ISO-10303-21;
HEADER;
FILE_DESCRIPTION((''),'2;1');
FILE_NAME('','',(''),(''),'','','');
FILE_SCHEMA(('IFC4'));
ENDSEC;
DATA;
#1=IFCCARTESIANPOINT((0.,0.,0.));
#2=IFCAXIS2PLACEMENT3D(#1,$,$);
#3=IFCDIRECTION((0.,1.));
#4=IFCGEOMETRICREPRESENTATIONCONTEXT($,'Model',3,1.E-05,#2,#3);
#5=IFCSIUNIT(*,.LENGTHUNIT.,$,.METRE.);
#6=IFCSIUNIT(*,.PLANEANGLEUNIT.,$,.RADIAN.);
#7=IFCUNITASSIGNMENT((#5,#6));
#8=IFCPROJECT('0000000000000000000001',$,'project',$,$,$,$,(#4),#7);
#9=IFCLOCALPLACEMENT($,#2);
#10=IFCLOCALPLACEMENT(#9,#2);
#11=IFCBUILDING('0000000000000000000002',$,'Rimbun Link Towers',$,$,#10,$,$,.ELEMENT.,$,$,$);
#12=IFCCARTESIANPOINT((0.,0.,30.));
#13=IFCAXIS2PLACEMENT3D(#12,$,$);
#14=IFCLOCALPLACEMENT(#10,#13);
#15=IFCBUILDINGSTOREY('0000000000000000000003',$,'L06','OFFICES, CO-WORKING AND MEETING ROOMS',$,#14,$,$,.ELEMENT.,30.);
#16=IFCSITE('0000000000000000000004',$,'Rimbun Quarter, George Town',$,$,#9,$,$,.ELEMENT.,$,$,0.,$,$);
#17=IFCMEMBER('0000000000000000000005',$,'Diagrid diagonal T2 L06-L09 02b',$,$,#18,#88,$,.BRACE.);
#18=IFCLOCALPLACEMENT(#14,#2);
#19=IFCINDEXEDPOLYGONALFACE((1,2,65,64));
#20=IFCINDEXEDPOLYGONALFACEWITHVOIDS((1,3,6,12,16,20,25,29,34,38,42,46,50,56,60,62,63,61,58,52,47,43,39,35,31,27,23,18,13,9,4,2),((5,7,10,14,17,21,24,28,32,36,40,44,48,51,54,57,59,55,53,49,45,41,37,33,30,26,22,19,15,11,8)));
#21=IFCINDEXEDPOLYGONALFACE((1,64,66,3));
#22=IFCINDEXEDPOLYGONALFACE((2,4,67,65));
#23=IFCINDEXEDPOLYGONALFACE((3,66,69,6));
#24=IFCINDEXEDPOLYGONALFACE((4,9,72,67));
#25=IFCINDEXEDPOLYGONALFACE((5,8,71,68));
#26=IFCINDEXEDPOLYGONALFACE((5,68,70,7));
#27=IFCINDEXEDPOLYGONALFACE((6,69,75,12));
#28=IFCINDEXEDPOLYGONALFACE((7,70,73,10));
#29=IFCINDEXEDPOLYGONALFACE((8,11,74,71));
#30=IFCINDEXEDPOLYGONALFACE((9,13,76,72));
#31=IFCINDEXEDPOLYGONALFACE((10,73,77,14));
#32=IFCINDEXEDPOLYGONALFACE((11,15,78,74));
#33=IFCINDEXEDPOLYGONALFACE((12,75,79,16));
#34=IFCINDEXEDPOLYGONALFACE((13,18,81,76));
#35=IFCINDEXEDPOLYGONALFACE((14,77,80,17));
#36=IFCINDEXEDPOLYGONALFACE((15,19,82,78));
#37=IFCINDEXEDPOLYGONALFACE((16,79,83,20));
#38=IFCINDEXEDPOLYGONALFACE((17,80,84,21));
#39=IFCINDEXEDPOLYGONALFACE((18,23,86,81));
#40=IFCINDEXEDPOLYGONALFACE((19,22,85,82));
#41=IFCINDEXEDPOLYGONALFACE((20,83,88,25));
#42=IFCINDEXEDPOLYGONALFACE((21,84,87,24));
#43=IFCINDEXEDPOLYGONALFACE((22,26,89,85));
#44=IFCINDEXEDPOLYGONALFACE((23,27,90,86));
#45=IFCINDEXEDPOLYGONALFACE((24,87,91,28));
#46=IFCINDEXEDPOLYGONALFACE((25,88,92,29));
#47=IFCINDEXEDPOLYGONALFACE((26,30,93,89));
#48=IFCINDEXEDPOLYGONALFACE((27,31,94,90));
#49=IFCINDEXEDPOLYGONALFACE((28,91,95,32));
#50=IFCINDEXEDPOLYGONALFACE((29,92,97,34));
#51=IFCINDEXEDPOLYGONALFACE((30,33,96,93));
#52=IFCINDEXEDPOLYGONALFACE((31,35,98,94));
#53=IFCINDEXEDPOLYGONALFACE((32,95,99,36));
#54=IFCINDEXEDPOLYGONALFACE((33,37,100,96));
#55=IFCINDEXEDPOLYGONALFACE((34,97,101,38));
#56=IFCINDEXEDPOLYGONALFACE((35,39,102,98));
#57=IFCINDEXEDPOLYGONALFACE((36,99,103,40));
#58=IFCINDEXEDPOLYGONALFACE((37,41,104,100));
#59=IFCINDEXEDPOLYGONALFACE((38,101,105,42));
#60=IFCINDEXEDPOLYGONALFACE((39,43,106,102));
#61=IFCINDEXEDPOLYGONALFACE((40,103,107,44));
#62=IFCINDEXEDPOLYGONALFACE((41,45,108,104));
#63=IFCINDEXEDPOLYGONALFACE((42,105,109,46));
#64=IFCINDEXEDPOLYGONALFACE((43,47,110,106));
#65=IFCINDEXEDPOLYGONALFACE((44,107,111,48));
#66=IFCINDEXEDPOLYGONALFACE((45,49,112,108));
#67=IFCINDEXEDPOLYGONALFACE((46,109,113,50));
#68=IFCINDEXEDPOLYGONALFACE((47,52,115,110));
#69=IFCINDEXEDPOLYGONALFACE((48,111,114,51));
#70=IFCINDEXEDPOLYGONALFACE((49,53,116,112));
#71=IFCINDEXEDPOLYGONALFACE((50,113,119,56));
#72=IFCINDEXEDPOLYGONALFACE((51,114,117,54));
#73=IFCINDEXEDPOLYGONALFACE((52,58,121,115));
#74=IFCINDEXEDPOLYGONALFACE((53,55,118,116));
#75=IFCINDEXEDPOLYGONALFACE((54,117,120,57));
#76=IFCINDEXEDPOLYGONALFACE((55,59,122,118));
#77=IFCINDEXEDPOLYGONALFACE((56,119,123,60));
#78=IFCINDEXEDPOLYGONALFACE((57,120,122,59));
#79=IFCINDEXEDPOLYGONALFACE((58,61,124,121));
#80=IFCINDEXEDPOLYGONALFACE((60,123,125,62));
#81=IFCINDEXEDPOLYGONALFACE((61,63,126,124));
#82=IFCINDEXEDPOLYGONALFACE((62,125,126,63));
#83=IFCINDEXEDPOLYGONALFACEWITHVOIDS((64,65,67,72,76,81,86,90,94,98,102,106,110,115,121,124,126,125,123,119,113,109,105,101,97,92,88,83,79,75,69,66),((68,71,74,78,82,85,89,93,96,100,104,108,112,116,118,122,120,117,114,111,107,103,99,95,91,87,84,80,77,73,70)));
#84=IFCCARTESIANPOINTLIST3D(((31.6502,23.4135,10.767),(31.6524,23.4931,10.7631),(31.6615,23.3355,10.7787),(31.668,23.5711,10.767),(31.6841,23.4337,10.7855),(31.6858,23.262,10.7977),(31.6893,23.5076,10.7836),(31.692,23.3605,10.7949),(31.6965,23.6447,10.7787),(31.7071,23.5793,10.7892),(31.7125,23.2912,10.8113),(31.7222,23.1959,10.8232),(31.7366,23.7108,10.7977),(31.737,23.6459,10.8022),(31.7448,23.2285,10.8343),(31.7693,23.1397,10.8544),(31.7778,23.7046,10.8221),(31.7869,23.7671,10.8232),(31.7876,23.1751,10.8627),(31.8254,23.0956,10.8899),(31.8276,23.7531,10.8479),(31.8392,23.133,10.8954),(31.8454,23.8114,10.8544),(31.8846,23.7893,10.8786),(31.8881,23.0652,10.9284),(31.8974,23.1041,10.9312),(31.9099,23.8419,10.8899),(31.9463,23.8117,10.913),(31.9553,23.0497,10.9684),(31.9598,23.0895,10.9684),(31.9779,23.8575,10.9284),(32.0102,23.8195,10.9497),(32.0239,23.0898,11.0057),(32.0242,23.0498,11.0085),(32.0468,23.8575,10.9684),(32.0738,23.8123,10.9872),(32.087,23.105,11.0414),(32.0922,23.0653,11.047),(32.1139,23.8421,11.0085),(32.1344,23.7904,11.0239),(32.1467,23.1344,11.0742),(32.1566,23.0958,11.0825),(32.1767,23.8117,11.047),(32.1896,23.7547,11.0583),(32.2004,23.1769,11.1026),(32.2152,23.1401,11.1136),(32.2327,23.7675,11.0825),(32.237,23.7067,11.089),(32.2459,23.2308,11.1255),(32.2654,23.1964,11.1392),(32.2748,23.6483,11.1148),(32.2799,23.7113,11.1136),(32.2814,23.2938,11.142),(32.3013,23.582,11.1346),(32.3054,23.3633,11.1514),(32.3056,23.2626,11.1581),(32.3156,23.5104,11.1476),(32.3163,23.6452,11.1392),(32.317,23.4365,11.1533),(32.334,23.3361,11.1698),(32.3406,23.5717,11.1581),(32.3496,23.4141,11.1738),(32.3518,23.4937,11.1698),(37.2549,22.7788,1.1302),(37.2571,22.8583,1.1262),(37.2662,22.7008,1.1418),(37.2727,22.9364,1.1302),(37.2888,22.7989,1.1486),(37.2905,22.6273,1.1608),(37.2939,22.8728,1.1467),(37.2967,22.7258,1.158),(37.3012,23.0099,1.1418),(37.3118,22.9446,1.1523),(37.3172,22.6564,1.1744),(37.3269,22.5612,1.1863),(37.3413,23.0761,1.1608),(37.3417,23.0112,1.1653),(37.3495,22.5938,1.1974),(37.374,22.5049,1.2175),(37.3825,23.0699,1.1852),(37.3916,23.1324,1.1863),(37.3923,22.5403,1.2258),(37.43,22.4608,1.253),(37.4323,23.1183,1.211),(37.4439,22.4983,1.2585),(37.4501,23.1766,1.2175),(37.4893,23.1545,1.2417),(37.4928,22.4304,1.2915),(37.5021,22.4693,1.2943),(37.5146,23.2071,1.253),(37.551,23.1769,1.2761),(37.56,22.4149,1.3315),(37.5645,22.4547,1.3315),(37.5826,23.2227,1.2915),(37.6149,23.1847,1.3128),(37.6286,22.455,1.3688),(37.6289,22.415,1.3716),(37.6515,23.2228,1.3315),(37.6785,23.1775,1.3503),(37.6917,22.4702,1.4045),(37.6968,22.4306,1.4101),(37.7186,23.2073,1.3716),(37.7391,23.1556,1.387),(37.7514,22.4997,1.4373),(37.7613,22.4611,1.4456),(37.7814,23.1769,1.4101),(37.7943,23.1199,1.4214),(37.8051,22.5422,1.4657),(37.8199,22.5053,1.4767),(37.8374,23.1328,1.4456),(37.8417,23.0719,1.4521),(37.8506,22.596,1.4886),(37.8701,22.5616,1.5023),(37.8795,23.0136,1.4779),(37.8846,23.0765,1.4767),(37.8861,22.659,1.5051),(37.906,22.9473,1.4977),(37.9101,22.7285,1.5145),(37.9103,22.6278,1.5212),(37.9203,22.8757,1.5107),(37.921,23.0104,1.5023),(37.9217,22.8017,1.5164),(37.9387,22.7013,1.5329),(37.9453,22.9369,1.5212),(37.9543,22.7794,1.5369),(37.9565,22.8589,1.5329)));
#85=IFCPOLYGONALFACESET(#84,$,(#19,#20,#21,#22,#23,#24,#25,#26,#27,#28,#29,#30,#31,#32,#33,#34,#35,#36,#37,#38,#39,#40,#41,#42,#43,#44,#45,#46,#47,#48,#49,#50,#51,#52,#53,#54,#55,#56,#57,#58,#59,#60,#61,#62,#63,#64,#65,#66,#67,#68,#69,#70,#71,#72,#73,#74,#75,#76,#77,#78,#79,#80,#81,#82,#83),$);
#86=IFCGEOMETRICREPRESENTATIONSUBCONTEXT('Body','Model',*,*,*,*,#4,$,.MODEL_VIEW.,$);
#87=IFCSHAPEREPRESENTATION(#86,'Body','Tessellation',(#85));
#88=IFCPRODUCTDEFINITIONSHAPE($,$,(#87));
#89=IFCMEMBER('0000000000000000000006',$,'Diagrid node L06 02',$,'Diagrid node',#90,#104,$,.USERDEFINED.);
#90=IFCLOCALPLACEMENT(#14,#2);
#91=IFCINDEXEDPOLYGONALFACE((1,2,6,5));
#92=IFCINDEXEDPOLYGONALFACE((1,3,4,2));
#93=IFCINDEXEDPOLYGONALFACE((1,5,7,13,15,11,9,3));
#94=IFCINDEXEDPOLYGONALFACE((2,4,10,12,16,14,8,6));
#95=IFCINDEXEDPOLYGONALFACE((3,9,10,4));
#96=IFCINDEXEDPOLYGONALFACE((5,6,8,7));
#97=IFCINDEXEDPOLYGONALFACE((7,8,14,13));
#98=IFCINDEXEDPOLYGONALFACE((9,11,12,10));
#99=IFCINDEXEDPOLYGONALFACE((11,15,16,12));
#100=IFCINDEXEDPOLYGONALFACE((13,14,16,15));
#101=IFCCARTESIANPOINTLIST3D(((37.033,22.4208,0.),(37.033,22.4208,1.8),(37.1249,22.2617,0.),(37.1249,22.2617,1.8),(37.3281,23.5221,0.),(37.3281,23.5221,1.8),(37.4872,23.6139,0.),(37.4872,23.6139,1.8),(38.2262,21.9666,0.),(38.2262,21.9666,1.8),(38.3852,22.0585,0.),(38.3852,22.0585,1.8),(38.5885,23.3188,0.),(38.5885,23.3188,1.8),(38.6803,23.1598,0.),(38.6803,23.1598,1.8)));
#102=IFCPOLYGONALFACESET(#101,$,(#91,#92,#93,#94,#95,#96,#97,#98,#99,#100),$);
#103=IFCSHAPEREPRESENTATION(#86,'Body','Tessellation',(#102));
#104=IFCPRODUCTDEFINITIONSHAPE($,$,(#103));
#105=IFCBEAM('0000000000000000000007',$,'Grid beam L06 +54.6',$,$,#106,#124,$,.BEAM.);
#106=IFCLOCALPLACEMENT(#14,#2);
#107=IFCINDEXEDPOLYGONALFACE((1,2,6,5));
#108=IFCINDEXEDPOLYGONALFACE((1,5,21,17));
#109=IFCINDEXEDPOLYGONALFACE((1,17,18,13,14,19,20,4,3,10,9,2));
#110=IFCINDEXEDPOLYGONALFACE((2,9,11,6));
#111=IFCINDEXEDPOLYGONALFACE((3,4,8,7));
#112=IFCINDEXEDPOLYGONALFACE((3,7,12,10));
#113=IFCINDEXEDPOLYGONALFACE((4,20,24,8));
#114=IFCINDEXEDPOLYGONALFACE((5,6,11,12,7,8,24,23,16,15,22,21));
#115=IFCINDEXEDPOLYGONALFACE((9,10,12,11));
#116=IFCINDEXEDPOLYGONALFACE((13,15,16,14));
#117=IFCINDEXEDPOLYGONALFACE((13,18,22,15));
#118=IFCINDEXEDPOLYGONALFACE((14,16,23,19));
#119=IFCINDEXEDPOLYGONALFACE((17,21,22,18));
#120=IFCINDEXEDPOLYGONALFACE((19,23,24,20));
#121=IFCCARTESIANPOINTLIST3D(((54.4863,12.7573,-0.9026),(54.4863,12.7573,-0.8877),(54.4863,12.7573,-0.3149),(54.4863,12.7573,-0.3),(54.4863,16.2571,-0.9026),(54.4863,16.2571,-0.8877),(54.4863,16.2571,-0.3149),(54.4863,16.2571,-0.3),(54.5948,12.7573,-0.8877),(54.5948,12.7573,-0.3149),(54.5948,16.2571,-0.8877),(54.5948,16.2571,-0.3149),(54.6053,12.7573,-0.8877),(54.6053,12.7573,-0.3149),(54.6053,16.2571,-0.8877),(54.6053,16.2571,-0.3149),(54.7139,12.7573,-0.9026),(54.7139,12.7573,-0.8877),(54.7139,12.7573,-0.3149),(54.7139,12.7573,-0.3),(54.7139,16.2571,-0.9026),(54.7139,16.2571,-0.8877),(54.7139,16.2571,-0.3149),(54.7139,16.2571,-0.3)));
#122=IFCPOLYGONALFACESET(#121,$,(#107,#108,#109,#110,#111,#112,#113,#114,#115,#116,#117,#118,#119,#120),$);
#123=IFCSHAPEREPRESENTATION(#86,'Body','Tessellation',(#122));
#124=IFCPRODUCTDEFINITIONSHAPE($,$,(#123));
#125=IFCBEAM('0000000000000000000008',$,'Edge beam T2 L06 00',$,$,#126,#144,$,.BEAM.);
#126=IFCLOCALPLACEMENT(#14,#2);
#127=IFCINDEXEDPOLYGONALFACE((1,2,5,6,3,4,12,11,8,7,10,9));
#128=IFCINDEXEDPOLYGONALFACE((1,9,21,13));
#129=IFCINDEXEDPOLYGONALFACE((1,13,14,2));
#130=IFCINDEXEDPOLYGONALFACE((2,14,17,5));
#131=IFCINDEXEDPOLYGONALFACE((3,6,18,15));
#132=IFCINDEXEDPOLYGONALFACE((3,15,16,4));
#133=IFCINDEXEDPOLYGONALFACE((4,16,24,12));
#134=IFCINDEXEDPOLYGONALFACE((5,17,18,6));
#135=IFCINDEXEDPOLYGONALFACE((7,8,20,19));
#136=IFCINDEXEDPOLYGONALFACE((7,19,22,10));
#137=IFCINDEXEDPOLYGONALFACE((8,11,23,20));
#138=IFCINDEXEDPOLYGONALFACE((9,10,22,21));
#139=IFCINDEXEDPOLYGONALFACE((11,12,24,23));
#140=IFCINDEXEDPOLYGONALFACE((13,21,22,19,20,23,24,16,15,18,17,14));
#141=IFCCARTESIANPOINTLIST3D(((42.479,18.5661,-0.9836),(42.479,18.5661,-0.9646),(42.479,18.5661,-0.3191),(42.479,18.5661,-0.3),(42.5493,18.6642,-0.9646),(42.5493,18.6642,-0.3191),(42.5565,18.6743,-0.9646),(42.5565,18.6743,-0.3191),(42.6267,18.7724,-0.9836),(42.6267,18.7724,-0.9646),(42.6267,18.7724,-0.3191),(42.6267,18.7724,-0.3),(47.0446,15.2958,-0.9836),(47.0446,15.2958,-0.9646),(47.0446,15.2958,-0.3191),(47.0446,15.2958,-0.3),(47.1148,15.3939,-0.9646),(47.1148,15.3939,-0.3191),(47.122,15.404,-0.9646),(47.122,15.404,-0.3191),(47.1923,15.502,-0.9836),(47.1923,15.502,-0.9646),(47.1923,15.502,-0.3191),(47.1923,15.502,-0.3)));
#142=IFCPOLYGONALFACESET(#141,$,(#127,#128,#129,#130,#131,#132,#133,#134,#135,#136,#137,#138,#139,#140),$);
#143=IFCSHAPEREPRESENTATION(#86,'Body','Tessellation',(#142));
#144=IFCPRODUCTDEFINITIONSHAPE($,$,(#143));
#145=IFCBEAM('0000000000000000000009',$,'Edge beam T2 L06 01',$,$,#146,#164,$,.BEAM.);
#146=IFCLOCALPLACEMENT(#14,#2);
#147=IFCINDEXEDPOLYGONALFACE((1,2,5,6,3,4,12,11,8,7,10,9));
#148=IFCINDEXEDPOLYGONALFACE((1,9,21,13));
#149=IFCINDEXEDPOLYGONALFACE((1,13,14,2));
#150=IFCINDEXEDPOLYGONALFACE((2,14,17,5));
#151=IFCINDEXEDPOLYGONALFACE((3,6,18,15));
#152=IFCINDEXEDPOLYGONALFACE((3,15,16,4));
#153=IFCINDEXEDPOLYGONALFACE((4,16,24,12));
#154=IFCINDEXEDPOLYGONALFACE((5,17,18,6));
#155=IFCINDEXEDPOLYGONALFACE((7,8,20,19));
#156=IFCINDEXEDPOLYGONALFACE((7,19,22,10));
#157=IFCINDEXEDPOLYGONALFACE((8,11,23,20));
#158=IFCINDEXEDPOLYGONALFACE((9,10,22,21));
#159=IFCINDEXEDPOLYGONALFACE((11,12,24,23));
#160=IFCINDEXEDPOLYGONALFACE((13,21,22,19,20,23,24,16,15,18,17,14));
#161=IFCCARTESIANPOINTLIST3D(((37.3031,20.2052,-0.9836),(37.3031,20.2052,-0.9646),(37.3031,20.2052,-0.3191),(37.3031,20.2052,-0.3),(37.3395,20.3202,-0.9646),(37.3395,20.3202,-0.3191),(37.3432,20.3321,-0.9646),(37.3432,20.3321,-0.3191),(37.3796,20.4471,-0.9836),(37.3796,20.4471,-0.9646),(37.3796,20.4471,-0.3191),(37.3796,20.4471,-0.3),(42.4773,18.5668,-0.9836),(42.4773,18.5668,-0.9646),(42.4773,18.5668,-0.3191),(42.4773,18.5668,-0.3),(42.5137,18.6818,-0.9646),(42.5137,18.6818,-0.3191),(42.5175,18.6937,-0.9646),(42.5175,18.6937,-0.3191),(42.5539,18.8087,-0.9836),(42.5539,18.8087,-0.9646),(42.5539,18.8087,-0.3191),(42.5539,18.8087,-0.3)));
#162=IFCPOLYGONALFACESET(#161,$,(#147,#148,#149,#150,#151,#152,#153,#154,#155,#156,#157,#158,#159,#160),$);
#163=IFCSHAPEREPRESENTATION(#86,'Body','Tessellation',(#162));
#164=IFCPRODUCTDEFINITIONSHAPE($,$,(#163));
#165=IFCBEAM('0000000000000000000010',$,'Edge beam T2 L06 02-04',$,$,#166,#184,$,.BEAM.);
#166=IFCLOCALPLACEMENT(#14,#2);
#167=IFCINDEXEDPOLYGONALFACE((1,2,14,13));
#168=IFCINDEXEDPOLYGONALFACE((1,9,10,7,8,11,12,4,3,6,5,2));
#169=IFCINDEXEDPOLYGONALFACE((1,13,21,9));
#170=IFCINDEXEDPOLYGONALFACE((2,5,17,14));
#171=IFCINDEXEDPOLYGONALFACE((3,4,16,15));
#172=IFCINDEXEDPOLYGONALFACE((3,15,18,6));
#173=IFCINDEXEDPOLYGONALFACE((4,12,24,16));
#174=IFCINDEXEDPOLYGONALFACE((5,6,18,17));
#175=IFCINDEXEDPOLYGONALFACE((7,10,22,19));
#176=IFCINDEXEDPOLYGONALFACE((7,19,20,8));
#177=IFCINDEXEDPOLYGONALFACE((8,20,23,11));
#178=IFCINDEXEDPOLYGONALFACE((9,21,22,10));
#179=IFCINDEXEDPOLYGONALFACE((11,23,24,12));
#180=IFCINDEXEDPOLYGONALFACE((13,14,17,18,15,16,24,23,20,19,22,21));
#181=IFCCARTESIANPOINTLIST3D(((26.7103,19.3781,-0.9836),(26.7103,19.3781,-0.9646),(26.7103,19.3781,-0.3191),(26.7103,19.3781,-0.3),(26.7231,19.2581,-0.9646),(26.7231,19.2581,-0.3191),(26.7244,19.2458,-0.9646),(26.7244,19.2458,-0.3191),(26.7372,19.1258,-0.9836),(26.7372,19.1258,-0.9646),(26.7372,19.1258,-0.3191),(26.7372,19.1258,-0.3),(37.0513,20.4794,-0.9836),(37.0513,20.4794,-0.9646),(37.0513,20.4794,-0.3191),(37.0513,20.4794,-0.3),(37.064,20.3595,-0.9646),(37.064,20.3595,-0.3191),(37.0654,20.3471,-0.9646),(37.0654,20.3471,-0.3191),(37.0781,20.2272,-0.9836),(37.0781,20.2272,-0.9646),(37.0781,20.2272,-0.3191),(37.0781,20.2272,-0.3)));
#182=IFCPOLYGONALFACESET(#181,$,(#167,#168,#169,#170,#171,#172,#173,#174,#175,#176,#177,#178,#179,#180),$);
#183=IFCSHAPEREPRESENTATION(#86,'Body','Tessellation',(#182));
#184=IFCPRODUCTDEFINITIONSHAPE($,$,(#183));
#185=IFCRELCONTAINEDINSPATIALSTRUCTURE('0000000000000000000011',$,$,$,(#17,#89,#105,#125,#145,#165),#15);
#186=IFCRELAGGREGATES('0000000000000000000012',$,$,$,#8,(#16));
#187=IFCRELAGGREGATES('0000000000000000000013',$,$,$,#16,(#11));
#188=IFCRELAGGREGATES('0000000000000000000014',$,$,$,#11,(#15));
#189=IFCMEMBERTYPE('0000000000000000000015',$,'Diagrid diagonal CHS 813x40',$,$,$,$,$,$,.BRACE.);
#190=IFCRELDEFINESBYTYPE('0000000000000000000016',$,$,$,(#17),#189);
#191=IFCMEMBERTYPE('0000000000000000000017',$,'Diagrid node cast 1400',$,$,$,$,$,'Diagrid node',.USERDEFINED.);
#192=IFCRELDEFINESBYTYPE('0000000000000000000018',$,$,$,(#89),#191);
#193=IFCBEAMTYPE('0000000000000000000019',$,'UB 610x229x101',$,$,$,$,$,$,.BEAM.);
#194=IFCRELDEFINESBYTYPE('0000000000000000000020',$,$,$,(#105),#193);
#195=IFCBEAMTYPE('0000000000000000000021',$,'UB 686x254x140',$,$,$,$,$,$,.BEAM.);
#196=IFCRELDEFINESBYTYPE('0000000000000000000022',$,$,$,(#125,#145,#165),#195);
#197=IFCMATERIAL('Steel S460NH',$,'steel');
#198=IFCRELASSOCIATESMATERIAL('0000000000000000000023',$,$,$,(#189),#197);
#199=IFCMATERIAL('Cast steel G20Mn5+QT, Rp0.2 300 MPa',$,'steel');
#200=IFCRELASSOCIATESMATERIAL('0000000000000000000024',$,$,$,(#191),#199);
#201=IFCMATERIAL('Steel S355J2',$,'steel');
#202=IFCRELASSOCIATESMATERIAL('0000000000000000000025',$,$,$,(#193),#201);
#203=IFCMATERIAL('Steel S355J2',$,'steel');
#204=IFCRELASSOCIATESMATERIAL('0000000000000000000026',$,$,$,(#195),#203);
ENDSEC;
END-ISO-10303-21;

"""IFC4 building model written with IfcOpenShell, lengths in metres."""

from ifc_helpers import new_model, si_unit, direction, frame, origin, origin_2d, place, context, subcontext, project, spatial, polyline, hollow_circle, i_section, outline, extrude, material, material_profile, profile_set, type_object, element, save


model = new_model("IFC4")

# Units and contexts
model_context = context("Model", 3, precision=1e-05, world=origin(), true_north=direction((0.0, 1.0)))
body_context = subcontext(model_context, "Body", "Model", "MODEL_VIEW")
ifc_project = project(units=[si_unit("LENGTHUNIT", "METRE"), si_unit("PLANEANGLEUNIT", "RADIAN")], contexts=[model_context])

# Site, building, storey
site_placement = place(None, origin())
site = spatial("IfcSite", under=ifc_project, at=site_placement, Name="Rimbun Quarter, George Town", CompositionType="ELEMENT", RefElevation=0.0)
building_placement = place(site_placement, origin())
building = spatial("IfcBuilding", under=site, at=building_placement, Name="Rimbun Link Towers", CompositionType="ELEMENT")
storey_placement = place(building_placement, frame((0.0, 0.0, 30.0)))
storey = spatial("IfcBuildingStorey", under=building, at=storey_placement, Name="L06", Description="OFFICES, CO-WORKING AND MEETING ROOMS", CompositionType="ELEMENT", Elevation=30.0)

# Members
ifc_material_1 = material(Name="Steel S460NH", Category="steel")
ifc_material_profile_1 = material_profile(ifc_material_1, hollow_circle(Radius=0.4065, WallThickness=0.04, at=origin_2d()), Name="Diagrid diagonal CHS 813x40")
ifc_profile_set_1 = profile_set([ifc_material_profile_1], Name="Steel S460NH")
member_type_1 = type_object("IfcMemberType", Name="Diagrid diagonal CHS 813x40", PredefinedType="BRACE", material=ifc_profile_set_1)
member_1_placement = place(storey_placement, frame((37.6057, 22.8188, 1.3315), z_axis=(-0.501932, 0.056846, 0.863037), x_axis=(-0.112536, -0.993648, 0.0)))
element("IfcMember", 1, at=member_1_placement, inside=storey, type_object=member_type_1, Name="Diagrid diagonal T2 L06-L09 02b", PredefinedType="BRACE", context=body_context, shape_type="SweptSolid", body=[
    extrude(hollow_circle(Radius=0.4065, WallThickness=0.04, at=origin_2d()), origin(), (0.0, 0.0, 1.0), 11.1663),
])
ifc_material_2 = material(Name="Cast steel G20Mn5+QT, Rp0.2 300 MPa", Category="steel")
ifc_material_profile_2 = material_profile(ifc_material_2, outline(polyline([(0.7, -0.5701), (0.7, 0.5701), (0.5701, 0.7), (-0.5701, 0.7), (-0.7, 0.5701), (-0.7, -0.5701), (-0.5701, -0.7), (0.5701, -0.7), (0.7, -0.5701)])), Name="NODE 1400x1400")
ifc_profile_set_2 = profile_set([ifc_material_profile_2], Name="Cast steel G20Mn5+QT, Rp0.2 300 MPa")
member_type_2 = type_object("IfcMemberType", Name="Diagrid node cast 1400", ElementType="Diagrid node", PredefinedType="USERDEFINED", material=ifc_profile_set_2)
member_2_placement = place(storey_placement, frame((37.8567, 22.7903, 0.0), z_axis=(0.0, 0.0, 1.0), x_axis=(0.258819, 0.965926, 0.0)))
element("IfcMember", 2, at=member_2_placement, inside=storey, type_object=member_type_2, Name="Diagrid node L06 02", ObjectType="Diagrid node", PredefinedType="USERDEFINED", context=body_context, shape_type="SweptSolid", body=[
    extrude(outline(polyline([(0.7, -0.5701), (0.7, 0.5701), (0.5701, 0.7), (-0.5701, 0.7), (-0.7, 0.5701), (-0.7, -0.5701), (-0.5701, -0.7), (0.5701, -0.7), (0.7, -0.5701)])), origin(), (0.0, 0.0, 1.0), 1.8),
])

# Beams
ifc_material_3 = material(Name="Steel S355J2", Category="steel")
ifc_material_profile_3 = material_profile(ifc_material_3, i_section(OverallWidth=0.2275, OverallDepth=0.6025, WebThickness=0.0105, FlangeThickness=0.0149, at=origin_2d()), Name="UB 610x229x101")
ifc_profile_set_3 = profile_set([ifc_material_profile_3], Name="Steel S355J2")
beam_type_1 = type_object("IfcBeamType", Name="UB 610x229x101", PredefinedType="BEAM", material=ifc_profile_set_3)
beam_1_placement = place(storey_placement, frame((54.6001, 12.7573, -0.6013), z_axis=(0.0, 1.0, 0.0), x_axis=(-1.0, 0.0, 0.0)))
element("IfcBeam", 3, at=beam_1_placement, inside=storey, type_object=beam_type_1, Name="Grid beam L06 +54.6", PredefinedType="BEAM", context=body_context, shape_type="SweptSolid", body=[
    extrude(i_section(OverallWidth=0.2275, OverallDepth=0.6025, WebThickness=0.0105, FlangeThickness=0.0149, at=origin_2d()), origin(), (0.0, 0.0, 1.0), 3.4998),
])
ifc_material_4 = material(Name="Steel S355J2", Category="steel")
ifc_material_profile_4 = material_profile(ifc_material_4, i_section(OverallWidth=0.2537, OverallDepth=0.6836, WebThickness=0.0125, FlangeThickness=0.019, at=origin_2d()), Name="UB 686x254x140")
ifc_profile_set_4 = profile_set([ifc_material_profile_4], Name="Steel S355J2")
beam_type_2 = type_object("IfcBeamType", Name="UB 686x254x140", PredefinedType="BEAM", material=ifc_profile_set_4)
beam_2_placement = place(storey_placement, frame((47.1184, 15.3989, -0.6418), z_axis=(-0.812954, 0.582327, 0.0), x_axis=(-0.582327, -0.812954, 0.0)))
element("IfcBeam", 4, at=beam_2_placement, inside=storey, type_object=beam_type_2, Name="Edge beam T2 L06 00", PredefinedType="BEAM", context=body_context, shape_type="SweptSolid", body=[
    extrude(i_section(OverallWidth=0.2537, OverallDepth=0.6836, WebThickness=0.0125, FlangeThickness=0.019, at=origin_2d()), origin(), (0.0, 0.0, 1.0), 5.616),
])
beam_3_placement = place(storey_placement, frame((42.5156, 18.6877, -0.6418), z_axis=(-0.953348, 0.301874, 0.0), x_axis=(-0.301874, -0.953348, 0.0)))
element("IfcBeam", 5, at=beam_3_placement, inside=storey, type_object=beam_type_2, Name="Edge beam T2 L06 01", PredefinedType="BEAM", context=body_context, shape_type="SweptSolid", body=[
    extrude(i_section(OverallWidth=0.2537, OverallDepth=0.6836, WebThickness=0.0125, FlangeThickness=0.019, at=origin_2d()), origin(), (0.0, 0.0, 1.0), 5.4275),
])
beam_4_placement = place(storey_placement, frame((37.0647, 20.3533, -0.6418), z_axis=(-0.994376, -0.105903, 0.0), x_axis=(0.105903, -0.994376, 0.0)))
element("IfcBeam", 6, at=beam_4_placement, inside=storey, type_object=beam_type_2, Name="Edge beam T2 L06 02-04", PredefinedType="BEAM", context=body_context, shape_type="SweptSolid", body=[
    extrude(i_section(OverallWidth=0.2537, OverallDepth=0.6836, WebThickness=0.0125, FlangeThickness=0.019, at=origin_2d()), origin(), (0.0, 0.0, 1.0), 10.3994),
])

save(model, "model.ifc")
